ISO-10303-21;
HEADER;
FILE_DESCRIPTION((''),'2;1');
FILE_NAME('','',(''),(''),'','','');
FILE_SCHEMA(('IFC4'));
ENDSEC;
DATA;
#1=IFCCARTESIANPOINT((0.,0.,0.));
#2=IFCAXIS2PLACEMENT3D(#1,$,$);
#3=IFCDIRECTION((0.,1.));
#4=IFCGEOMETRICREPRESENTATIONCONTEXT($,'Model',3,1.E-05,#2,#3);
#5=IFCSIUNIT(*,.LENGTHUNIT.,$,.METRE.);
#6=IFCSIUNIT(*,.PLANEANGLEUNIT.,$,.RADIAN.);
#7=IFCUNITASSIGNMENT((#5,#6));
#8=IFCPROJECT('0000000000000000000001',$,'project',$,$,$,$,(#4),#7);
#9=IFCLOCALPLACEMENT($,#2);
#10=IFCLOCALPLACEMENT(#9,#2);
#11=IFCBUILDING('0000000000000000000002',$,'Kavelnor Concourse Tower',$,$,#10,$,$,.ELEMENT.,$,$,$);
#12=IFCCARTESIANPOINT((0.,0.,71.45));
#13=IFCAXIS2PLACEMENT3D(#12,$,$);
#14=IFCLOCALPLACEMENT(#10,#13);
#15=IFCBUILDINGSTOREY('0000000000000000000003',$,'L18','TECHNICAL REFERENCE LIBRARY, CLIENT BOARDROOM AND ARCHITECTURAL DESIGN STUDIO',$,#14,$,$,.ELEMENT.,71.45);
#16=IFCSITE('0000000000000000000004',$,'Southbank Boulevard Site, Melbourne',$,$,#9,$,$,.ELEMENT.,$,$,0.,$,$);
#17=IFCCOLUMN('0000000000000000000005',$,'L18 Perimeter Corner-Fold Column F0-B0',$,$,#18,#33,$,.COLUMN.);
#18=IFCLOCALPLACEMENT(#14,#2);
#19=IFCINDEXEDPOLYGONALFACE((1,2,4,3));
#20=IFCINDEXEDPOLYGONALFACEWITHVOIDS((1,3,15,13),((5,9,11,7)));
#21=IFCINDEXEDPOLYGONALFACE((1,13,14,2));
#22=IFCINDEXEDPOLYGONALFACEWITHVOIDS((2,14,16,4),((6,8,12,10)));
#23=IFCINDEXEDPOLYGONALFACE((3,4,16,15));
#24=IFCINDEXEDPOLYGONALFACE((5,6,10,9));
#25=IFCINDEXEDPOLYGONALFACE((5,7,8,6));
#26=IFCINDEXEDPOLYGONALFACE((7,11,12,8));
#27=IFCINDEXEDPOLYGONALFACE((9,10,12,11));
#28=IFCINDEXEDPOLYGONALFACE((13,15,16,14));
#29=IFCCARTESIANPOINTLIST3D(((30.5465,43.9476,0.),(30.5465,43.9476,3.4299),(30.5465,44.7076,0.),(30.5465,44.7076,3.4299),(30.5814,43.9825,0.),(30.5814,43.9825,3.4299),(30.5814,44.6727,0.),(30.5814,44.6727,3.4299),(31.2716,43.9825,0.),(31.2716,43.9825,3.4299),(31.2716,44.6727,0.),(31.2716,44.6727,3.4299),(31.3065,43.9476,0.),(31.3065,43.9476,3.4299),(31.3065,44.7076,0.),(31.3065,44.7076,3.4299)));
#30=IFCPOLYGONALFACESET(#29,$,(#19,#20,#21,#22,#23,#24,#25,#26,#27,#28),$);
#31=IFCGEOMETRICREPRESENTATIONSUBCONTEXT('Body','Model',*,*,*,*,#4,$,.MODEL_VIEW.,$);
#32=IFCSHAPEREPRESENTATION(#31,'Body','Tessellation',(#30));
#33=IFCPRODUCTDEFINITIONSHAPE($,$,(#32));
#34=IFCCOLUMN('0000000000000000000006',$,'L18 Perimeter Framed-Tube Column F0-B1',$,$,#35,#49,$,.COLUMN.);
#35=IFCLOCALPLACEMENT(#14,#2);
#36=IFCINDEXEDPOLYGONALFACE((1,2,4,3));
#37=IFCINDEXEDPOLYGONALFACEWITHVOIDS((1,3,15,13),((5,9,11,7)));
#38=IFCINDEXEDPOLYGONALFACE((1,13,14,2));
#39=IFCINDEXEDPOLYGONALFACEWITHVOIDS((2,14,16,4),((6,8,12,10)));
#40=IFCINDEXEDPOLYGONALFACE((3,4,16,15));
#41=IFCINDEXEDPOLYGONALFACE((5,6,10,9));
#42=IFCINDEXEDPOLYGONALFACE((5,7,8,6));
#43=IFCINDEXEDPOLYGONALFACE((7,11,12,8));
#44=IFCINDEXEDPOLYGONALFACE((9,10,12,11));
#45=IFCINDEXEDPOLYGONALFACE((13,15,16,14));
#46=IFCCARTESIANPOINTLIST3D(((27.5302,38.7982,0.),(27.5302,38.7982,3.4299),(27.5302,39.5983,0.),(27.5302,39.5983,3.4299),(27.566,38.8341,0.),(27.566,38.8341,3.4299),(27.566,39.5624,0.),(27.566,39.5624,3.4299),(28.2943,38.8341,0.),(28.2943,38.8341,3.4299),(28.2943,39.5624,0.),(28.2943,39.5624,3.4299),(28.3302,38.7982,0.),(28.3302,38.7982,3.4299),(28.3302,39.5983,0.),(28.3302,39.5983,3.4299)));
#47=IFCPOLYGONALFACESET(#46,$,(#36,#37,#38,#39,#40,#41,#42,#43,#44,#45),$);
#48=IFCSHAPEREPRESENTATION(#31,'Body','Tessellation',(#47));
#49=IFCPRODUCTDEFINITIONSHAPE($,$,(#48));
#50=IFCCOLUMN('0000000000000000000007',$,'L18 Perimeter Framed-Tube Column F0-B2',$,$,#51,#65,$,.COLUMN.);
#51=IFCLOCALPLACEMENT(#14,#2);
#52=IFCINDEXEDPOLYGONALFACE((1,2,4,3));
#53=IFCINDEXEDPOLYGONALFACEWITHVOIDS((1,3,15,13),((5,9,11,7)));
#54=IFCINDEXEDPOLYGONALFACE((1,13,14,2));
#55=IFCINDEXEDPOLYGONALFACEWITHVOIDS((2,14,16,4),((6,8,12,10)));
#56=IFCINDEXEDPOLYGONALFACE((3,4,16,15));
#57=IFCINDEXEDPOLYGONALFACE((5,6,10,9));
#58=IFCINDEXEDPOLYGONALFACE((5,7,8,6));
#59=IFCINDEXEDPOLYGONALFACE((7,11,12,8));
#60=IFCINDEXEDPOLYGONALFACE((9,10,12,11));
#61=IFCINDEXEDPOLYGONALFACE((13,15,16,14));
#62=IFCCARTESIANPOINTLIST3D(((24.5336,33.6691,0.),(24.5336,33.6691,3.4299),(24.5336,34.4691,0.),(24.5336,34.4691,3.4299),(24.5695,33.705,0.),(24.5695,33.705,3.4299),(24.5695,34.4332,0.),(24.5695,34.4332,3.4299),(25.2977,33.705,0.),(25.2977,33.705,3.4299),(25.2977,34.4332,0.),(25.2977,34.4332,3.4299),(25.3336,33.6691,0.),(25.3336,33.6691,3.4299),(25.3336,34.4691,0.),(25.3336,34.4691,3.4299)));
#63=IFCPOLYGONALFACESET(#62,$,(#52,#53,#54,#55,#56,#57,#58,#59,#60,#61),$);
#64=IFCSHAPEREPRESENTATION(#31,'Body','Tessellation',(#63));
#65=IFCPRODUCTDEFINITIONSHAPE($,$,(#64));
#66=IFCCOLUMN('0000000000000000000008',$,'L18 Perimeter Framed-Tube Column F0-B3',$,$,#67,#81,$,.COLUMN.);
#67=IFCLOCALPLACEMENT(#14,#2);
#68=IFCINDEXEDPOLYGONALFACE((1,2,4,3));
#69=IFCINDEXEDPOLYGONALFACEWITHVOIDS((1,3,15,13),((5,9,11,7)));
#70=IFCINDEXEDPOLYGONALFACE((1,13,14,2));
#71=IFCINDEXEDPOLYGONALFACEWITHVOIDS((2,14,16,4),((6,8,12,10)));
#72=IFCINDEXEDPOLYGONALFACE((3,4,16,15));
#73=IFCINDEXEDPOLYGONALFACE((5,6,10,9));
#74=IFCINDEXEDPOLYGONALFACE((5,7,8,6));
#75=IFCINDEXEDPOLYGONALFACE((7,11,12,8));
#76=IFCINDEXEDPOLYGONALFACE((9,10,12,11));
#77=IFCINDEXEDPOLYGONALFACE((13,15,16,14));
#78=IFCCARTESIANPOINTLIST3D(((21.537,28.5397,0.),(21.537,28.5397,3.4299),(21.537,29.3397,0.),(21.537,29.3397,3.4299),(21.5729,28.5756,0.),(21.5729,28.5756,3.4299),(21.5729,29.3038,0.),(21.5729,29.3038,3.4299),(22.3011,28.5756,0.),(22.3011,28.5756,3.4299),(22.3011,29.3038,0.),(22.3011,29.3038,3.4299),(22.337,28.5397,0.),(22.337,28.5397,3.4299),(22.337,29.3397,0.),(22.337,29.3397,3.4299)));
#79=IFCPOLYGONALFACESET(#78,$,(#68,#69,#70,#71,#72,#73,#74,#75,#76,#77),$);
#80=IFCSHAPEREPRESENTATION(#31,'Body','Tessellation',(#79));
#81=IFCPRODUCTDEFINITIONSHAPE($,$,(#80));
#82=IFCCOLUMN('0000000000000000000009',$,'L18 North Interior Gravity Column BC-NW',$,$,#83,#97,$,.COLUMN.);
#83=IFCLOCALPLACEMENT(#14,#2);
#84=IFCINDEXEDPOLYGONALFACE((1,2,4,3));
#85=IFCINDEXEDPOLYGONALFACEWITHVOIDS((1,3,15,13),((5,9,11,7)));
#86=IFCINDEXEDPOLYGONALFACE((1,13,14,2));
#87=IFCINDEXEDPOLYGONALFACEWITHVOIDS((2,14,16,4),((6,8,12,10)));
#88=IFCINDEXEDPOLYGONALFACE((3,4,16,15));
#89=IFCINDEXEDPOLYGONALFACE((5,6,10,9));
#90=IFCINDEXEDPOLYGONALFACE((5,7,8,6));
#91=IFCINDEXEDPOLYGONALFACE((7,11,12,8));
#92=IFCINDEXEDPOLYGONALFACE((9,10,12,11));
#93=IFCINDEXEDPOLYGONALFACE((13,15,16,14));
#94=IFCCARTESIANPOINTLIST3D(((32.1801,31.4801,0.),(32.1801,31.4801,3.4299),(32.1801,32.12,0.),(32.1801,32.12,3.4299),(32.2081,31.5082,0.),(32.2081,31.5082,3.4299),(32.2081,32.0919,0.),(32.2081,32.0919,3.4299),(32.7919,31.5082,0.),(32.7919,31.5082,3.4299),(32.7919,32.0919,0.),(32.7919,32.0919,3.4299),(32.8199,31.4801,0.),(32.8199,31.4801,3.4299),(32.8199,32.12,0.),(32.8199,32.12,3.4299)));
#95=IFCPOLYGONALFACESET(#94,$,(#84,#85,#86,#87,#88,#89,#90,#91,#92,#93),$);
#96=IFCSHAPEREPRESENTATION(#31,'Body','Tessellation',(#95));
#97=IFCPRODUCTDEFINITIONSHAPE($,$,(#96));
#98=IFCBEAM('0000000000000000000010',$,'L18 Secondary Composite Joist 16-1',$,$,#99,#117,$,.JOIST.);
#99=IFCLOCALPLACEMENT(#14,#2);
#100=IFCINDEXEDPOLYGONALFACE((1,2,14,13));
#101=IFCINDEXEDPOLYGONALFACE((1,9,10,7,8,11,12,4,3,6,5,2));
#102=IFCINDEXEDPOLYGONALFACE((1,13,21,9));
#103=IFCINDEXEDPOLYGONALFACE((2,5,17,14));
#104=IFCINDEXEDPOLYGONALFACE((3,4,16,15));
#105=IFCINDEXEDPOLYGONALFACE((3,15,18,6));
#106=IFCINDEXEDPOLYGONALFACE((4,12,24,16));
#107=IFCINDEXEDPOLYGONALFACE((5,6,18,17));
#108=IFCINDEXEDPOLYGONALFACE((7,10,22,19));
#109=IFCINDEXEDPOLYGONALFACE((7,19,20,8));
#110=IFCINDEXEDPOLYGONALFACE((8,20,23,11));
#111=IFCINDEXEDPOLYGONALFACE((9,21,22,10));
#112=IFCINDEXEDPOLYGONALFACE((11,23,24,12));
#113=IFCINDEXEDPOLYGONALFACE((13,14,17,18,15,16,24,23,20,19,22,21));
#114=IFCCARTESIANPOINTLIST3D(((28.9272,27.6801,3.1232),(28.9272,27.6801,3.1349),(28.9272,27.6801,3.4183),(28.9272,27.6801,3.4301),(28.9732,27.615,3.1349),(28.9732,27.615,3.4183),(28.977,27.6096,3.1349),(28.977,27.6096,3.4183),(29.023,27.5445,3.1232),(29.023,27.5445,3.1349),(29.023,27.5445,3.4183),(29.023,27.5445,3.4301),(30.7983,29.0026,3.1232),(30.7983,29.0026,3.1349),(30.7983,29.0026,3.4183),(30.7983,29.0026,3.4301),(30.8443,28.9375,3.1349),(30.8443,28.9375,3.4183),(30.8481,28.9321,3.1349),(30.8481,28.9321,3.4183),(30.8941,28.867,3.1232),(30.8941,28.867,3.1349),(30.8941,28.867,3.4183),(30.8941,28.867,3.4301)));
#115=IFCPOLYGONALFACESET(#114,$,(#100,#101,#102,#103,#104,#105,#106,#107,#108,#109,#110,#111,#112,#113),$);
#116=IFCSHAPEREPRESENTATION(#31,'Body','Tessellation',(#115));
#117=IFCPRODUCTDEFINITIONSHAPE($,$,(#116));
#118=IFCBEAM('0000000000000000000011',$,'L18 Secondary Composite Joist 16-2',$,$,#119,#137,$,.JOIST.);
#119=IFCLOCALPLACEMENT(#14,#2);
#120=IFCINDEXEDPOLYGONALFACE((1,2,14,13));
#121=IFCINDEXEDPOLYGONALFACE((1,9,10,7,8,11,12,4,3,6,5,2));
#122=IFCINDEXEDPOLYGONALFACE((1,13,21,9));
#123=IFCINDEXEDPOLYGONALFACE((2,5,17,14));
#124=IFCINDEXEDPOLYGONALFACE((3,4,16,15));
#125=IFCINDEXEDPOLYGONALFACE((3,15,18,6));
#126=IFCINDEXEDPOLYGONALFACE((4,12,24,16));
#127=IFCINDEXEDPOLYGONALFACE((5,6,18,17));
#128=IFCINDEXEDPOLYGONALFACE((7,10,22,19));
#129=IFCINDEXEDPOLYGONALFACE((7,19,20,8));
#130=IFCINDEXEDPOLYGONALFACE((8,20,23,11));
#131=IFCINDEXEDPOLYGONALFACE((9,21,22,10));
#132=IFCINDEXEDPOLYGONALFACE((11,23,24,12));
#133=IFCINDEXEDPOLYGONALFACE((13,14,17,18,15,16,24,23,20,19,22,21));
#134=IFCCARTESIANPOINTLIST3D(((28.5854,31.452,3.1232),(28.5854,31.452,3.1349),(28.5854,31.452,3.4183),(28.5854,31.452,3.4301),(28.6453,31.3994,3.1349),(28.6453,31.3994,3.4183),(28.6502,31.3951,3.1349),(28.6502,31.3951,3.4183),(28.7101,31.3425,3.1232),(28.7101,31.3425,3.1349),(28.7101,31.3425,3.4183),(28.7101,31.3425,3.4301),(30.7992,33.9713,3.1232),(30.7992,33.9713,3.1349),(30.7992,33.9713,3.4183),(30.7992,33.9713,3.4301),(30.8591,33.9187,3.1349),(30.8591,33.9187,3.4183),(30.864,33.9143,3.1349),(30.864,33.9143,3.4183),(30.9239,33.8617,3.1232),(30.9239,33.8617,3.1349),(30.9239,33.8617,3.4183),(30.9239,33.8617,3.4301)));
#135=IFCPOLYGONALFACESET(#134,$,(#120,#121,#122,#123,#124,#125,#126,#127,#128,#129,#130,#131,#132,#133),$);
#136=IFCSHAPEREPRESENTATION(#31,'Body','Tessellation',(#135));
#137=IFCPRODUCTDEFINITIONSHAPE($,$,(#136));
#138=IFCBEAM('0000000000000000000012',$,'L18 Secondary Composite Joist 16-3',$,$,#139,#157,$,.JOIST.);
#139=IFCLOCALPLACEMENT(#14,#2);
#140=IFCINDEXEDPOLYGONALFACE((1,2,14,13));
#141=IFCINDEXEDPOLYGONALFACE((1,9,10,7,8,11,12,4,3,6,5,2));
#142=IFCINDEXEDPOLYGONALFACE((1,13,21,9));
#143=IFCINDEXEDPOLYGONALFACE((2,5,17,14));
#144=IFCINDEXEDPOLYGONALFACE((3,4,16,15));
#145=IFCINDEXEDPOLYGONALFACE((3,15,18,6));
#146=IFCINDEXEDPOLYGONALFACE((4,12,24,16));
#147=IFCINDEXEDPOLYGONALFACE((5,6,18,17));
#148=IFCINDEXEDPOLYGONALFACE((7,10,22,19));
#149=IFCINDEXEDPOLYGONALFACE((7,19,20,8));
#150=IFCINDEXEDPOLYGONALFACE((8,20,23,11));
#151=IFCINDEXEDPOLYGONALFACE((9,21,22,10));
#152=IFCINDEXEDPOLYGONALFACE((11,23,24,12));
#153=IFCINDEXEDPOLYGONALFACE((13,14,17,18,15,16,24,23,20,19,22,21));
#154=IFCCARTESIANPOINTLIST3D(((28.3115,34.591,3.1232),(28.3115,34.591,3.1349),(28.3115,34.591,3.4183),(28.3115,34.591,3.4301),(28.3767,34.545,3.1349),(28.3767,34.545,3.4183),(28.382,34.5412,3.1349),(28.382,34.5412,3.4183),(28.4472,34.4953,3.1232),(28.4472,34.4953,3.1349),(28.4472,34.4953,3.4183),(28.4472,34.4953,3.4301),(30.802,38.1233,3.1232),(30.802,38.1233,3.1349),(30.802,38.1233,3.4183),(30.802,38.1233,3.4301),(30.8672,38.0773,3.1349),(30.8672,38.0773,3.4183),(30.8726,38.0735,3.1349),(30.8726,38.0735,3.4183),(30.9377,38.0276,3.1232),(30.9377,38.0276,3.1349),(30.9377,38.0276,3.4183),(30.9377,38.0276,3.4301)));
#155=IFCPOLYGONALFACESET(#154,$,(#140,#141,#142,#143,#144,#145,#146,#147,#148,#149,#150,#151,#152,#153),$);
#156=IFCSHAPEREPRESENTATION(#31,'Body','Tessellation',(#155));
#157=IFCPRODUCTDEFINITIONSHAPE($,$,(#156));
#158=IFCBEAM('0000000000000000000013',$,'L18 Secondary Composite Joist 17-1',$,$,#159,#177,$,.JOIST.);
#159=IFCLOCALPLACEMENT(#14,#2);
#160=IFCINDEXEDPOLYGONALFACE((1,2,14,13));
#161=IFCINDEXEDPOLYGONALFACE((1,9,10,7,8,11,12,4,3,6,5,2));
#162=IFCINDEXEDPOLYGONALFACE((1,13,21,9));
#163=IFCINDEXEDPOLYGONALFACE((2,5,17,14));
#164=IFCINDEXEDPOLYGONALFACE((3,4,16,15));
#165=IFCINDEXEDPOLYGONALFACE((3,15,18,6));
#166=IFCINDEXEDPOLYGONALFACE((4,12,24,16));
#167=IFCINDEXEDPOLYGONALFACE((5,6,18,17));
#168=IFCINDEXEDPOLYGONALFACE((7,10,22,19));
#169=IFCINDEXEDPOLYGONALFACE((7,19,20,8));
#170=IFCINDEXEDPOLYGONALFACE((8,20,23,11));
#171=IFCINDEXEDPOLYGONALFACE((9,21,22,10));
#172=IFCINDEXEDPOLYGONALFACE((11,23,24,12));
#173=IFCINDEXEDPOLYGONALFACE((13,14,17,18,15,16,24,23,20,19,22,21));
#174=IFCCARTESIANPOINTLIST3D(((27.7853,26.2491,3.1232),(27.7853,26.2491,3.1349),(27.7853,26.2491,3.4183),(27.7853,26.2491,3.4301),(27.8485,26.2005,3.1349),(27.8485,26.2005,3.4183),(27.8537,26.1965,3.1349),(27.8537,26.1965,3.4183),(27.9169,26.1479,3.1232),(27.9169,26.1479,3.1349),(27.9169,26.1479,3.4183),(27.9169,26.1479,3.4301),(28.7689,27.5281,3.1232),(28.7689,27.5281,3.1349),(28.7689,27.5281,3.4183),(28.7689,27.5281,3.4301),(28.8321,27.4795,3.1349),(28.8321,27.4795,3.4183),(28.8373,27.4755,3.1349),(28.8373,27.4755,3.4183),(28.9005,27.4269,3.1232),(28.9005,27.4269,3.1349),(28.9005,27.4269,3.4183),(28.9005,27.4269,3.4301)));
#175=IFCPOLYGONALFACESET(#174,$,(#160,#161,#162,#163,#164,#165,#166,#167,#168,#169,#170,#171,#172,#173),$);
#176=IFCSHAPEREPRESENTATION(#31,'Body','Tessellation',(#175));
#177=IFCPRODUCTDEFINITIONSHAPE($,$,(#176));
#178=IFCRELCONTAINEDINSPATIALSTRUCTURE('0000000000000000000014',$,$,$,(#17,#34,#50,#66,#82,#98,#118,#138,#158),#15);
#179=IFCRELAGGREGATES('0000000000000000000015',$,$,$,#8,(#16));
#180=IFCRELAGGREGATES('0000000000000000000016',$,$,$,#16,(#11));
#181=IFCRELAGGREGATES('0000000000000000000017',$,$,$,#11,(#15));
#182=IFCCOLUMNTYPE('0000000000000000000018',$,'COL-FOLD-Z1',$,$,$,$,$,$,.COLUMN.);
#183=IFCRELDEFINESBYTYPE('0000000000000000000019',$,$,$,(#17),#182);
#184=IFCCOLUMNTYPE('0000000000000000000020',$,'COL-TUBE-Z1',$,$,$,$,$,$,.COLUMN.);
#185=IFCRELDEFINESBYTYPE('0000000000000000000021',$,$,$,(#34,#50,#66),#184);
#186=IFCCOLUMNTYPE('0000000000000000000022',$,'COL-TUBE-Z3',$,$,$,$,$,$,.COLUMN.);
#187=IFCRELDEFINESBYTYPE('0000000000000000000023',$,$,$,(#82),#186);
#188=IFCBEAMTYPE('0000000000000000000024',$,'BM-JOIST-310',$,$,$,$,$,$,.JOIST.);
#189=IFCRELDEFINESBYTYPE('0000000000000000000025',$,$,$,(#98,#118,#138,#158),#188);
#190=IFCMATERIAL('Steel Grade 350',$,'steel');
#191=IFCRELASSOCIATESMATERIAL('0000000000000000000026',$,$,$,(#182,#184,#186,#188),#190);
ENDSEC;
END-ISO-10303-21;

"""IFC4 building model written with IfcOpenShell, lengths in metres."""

from ifc_helpers import new_model, si_unit, direction, frame, origin, origin_2d, place, context, subcontext, project, spatial, hollow_rectangle, i_section, extrude, material, material_profile, profile_set, type_object, element, save


model = new_model("IFC4")

# Units and contexts
model_context = context("Model", 3, precision=1e-05, world=origin(), true_north=direction((0.0, 1.0)))
body_context = subcontext(model_context, "Body", "Model", "MODEL_VIEW")
ifc_project = project(units=[si_unit("LENGTHUNIT", "METRE"), si_unit("PLANEANGLEUNIT", "RADIAN")], contexts=[model_context])

# Site, building, storey
site_placement = place(None, origin())
site = spatial("IfcSite", under=ifc_project, at=site_placement, Name="Southbank Boulevard Site, Melbourne", CompositionType="ELEMENT", RefElevation=0.0)
building_placement = place(site_placement, origin())
building = spatial("IfcBuilding", under=site, at=building_placement, Name="Kavelnor Concourse Tower", CompositionType="ELEMENT")
storey_placement = place(building_placement, frame((0.0, 0.0, 71.45)))
storey = spatial("IfcBuildingStorey", under=building, at=storey_placement, Name="L18", Description="TECHNICAL REFERENCE LIBRARY, CLIENT BOARDROOM AND ARCHITECTURAL DESIGN STUDIO", CompositionType="ELEMENT", Elevation=71.45)

# Columns
ifc_material_1 = material(Name="Steel Grade 350", Category="steel")
ifc_material_profile_1 = material_profile(ifc_material_1, hollow_rectangle(XDim=0.76, YDim=0.76, WallThickness=0.0349, at=origin_2d()), Name="SHS 760x760x35")
ifc_profile_set_1 = profile_set([ifc_material_profile_1], Name="Steel Grade 350")
column_type_1 = type_object("IfcColumnType", Name="COL-FOLD-Z1", PredefinedType="COLUMN", material=ifc_profile_set_1)
column_1_placement = place(storey_placement, frame((30.9265, 44.3276, 0.0), z_axis=(0.0, 0.0, 1.0), x_axis=(1.0, 0.0, 0.0)))
element("IfcColumn", 1, at=column_1_placement, inside=storey, type_object=column_type_1, Name="L18 Perimeter Corner-Fold Column F0-B0", PredefinedType="COLUMN", context=body_context, shape_type="SweptSolid", body=[
    extrude(hollow_rectangle(XDim=0.76, YDim=0.76, WallThickness=0.0349, at=origin_2d()), origin(), (0.0, 0.0, 1.0), 3.4299),
])
ifc_material_profile_2 = material_profile(ifc_material_1, hollow_rectangle(XDim=0.8, YDim=0.8, WallThickness=0.0359, at=origin_2d()), Name="SHS 800x800x36")
ifc_profile_set_2 = profile_set([ifc_material_profile_2], Name="Steel Grade 350")
column_type_2 = type_object("IfcColumnType", Name="COL-TUBE-Z1", PredefinedType="COLUMN", material=ifc_profile_set_2)
for number, where, z_axis, x_axis, name in (
    (2, (27.9302, 39.1982, 0.0), (0.0, 0.0, 1.0), (1.0, 0.0, 0.0), "L18 Perimeter Framed-Tube Column F0-B1"),
    (3, (24.9336, 34.0691, 0.0), (0.0, 0.0, 1.0), (1.0, 0.0, 0.0), "L18 Perimeter Framed-Tube Column F0-B2"),
    (4, (21.937, 28.9397, 0.0), (0.0, 0.0, 1.0), (1.0, 0.0, 0.0), "L18 Perimeter Framed-Tube Column F0-B3"),
):
    element("IfcColumn", number, at=place(storey_placement, frame(where, z_axis=z_axis, x_axis=x_axis)), inside=storey, type_object=column_type_2, Name=name, PredefinedType="COLUMN", context=body_context, shape_type="SweptSolid", body=[
        extrude(hollow_rectangle(XDim=0.8, YDim=0.8, WallThickness=0.0359, at=origin_2d()), origin(), (0.0, 0.0, 1.0), 3.4299),
    ])
ifc_material_profile_3 = material_profile(ifc_material_1, hollow_rectangle(XDim=0.6399, YDim=0.6399, WallThickness=0.0281, at=origin_2d()), Name="SHS 640x640x28")
ifc_profile_set_3 = profile_set([ifc_material_profile_3], Name="Steel Grade 350")
column_type_3 = type_object("IfcColumnType", Name="COL-TUBE-Z3", PredefinedType="COLUMN", material=ifc_profile_set_3)
column_2_placement = place(storey_placement, frame((32.5, 31.8, 0.0), z_axis=(0.0, 0.0, 1.0), x_axis=(1.0, 0.0, 0.0)))
element("IfcColumn", 5, at=column_2_placement, inside=storey, type_object=column_type_3, Name="L18 North Interior Gravity Column BC-NW", PredefinedType="COLUMN", context=body_context, shape_type="SweptSolid", body=[
    extrude(hollow_rectangle(XDim=0.6399, YDim=0.6399, WallThickness=0.0281, at=origin_2d()), origin(), (0.0, 0.0, 1.0), 3.4299),
])

# Beams
ifc_material_profile_4 = material_profile(ifc_material_1, i_section(OverallWidth=0.166, OverallDepth=0.3069, WebThickness=0.0066, FlangeThickness=0.0117, at=origin_2d()), Name="310UB46")
ifc_profile_set_4 = profile_set([ifc_material_profile_4], Name="Steel Grade 350")
beam_type_1 = type_object("IfcBeamType", Name="BM-JOIST-310", PredefinedType="JOIST", material=ifc_profile_set_4)
beam_1_placement = place(storey_placement, frame((30.8462, 28.9348, 3.2766), z_axis=(-0.81661, -0.577189, 0.0), x_axis=(0.577189, -0.81661, 0.0)))
element("IfcBeam", 6, at=beam_1_placement, inside=storey, type_object=beam_type_1, Name="L18 Secondary Composite Joist 16-1", PredefinedType="JOIST", context=body_context, shape_type="SweptSolid", body=[
    extrude(i_section(OverallWidth=0.166, OverallDepth=0.3069, WebThickness=0.0066, FlangeThickness=0.0117, at=origin_2d()), origin(), (0.0, 0.0, 1.0), 2.2913),
])
beam_2_placement = place(storey_placement, frame((30.8616, 33.9165, 3.2766), z_axis=(-0.660106, -0.751173, 0.0), x_axis=(0.751173, -0.660106, 0.0)))
element("IfcBeam", 7, at=beam_2_placement, inside=storey, type_object=beam_type_1, Name="L18 Secondary Composite Joist 16-2", PredefinedType="JOIST", context=body_context, shape_type="SweptSolid", body=[
    extrude(i_section(OverallWidth=0.166, OverallDepth=0.3069, WebThickness=0.0066, FlangeThickness=0.0117, at=origin_2d()), origin(), (0.0, 0.0, 1.0), 3.3538),
])
beam_3_placement = place(storey_placement, frame((30.8699, 38.0754, 3.2766), z_axis=(-0.576242, -0.817279, 0.0), x_axis=(0.817279, -0.576242, 0.0)))
element("IfcBeam", 8, at=beam_3_placement, inside=storey, type_object=beam_type_1, Name="L18 Secondary Composite Joist 16-3", PredefinedType="JOIST", context=body_context, shape_type="SweptSolid", body=[
    extrude(i_section(OverallWidth=0.166, OverallDepth=0.3069, WebThickness=0.0066, FlangeThickness=0.0117, at=origin_2d()), origin(), (0.0, 0.0, 1.0), 4.322),
])
beam_4_placement = place(storey_placement, frame((28.8347, 27.4775, 3.2766), z_axis=(-0.609616, -0.792697, 0.0), x_axis=(0.792697, -0.609616, 0.0)))
element("IfcBeam", 9, at=beam_4_placement, inside=storey, type_object=beam_type_1, Name="L18 Secondary Composite Joist 17-1", PredefinedType="JOIST", context=body_context, shape_type="SweptSolid", body=[
    extrude(i_section(OverallWidth=0.166, OverallDepth=0.3069, WebThickness=0.0066, FlangeThickness=0.0117, at=origin_2d()), origin(), (0.0, 0.0, 1.0), 1.6135),
])

save(model, "model.ifc")
